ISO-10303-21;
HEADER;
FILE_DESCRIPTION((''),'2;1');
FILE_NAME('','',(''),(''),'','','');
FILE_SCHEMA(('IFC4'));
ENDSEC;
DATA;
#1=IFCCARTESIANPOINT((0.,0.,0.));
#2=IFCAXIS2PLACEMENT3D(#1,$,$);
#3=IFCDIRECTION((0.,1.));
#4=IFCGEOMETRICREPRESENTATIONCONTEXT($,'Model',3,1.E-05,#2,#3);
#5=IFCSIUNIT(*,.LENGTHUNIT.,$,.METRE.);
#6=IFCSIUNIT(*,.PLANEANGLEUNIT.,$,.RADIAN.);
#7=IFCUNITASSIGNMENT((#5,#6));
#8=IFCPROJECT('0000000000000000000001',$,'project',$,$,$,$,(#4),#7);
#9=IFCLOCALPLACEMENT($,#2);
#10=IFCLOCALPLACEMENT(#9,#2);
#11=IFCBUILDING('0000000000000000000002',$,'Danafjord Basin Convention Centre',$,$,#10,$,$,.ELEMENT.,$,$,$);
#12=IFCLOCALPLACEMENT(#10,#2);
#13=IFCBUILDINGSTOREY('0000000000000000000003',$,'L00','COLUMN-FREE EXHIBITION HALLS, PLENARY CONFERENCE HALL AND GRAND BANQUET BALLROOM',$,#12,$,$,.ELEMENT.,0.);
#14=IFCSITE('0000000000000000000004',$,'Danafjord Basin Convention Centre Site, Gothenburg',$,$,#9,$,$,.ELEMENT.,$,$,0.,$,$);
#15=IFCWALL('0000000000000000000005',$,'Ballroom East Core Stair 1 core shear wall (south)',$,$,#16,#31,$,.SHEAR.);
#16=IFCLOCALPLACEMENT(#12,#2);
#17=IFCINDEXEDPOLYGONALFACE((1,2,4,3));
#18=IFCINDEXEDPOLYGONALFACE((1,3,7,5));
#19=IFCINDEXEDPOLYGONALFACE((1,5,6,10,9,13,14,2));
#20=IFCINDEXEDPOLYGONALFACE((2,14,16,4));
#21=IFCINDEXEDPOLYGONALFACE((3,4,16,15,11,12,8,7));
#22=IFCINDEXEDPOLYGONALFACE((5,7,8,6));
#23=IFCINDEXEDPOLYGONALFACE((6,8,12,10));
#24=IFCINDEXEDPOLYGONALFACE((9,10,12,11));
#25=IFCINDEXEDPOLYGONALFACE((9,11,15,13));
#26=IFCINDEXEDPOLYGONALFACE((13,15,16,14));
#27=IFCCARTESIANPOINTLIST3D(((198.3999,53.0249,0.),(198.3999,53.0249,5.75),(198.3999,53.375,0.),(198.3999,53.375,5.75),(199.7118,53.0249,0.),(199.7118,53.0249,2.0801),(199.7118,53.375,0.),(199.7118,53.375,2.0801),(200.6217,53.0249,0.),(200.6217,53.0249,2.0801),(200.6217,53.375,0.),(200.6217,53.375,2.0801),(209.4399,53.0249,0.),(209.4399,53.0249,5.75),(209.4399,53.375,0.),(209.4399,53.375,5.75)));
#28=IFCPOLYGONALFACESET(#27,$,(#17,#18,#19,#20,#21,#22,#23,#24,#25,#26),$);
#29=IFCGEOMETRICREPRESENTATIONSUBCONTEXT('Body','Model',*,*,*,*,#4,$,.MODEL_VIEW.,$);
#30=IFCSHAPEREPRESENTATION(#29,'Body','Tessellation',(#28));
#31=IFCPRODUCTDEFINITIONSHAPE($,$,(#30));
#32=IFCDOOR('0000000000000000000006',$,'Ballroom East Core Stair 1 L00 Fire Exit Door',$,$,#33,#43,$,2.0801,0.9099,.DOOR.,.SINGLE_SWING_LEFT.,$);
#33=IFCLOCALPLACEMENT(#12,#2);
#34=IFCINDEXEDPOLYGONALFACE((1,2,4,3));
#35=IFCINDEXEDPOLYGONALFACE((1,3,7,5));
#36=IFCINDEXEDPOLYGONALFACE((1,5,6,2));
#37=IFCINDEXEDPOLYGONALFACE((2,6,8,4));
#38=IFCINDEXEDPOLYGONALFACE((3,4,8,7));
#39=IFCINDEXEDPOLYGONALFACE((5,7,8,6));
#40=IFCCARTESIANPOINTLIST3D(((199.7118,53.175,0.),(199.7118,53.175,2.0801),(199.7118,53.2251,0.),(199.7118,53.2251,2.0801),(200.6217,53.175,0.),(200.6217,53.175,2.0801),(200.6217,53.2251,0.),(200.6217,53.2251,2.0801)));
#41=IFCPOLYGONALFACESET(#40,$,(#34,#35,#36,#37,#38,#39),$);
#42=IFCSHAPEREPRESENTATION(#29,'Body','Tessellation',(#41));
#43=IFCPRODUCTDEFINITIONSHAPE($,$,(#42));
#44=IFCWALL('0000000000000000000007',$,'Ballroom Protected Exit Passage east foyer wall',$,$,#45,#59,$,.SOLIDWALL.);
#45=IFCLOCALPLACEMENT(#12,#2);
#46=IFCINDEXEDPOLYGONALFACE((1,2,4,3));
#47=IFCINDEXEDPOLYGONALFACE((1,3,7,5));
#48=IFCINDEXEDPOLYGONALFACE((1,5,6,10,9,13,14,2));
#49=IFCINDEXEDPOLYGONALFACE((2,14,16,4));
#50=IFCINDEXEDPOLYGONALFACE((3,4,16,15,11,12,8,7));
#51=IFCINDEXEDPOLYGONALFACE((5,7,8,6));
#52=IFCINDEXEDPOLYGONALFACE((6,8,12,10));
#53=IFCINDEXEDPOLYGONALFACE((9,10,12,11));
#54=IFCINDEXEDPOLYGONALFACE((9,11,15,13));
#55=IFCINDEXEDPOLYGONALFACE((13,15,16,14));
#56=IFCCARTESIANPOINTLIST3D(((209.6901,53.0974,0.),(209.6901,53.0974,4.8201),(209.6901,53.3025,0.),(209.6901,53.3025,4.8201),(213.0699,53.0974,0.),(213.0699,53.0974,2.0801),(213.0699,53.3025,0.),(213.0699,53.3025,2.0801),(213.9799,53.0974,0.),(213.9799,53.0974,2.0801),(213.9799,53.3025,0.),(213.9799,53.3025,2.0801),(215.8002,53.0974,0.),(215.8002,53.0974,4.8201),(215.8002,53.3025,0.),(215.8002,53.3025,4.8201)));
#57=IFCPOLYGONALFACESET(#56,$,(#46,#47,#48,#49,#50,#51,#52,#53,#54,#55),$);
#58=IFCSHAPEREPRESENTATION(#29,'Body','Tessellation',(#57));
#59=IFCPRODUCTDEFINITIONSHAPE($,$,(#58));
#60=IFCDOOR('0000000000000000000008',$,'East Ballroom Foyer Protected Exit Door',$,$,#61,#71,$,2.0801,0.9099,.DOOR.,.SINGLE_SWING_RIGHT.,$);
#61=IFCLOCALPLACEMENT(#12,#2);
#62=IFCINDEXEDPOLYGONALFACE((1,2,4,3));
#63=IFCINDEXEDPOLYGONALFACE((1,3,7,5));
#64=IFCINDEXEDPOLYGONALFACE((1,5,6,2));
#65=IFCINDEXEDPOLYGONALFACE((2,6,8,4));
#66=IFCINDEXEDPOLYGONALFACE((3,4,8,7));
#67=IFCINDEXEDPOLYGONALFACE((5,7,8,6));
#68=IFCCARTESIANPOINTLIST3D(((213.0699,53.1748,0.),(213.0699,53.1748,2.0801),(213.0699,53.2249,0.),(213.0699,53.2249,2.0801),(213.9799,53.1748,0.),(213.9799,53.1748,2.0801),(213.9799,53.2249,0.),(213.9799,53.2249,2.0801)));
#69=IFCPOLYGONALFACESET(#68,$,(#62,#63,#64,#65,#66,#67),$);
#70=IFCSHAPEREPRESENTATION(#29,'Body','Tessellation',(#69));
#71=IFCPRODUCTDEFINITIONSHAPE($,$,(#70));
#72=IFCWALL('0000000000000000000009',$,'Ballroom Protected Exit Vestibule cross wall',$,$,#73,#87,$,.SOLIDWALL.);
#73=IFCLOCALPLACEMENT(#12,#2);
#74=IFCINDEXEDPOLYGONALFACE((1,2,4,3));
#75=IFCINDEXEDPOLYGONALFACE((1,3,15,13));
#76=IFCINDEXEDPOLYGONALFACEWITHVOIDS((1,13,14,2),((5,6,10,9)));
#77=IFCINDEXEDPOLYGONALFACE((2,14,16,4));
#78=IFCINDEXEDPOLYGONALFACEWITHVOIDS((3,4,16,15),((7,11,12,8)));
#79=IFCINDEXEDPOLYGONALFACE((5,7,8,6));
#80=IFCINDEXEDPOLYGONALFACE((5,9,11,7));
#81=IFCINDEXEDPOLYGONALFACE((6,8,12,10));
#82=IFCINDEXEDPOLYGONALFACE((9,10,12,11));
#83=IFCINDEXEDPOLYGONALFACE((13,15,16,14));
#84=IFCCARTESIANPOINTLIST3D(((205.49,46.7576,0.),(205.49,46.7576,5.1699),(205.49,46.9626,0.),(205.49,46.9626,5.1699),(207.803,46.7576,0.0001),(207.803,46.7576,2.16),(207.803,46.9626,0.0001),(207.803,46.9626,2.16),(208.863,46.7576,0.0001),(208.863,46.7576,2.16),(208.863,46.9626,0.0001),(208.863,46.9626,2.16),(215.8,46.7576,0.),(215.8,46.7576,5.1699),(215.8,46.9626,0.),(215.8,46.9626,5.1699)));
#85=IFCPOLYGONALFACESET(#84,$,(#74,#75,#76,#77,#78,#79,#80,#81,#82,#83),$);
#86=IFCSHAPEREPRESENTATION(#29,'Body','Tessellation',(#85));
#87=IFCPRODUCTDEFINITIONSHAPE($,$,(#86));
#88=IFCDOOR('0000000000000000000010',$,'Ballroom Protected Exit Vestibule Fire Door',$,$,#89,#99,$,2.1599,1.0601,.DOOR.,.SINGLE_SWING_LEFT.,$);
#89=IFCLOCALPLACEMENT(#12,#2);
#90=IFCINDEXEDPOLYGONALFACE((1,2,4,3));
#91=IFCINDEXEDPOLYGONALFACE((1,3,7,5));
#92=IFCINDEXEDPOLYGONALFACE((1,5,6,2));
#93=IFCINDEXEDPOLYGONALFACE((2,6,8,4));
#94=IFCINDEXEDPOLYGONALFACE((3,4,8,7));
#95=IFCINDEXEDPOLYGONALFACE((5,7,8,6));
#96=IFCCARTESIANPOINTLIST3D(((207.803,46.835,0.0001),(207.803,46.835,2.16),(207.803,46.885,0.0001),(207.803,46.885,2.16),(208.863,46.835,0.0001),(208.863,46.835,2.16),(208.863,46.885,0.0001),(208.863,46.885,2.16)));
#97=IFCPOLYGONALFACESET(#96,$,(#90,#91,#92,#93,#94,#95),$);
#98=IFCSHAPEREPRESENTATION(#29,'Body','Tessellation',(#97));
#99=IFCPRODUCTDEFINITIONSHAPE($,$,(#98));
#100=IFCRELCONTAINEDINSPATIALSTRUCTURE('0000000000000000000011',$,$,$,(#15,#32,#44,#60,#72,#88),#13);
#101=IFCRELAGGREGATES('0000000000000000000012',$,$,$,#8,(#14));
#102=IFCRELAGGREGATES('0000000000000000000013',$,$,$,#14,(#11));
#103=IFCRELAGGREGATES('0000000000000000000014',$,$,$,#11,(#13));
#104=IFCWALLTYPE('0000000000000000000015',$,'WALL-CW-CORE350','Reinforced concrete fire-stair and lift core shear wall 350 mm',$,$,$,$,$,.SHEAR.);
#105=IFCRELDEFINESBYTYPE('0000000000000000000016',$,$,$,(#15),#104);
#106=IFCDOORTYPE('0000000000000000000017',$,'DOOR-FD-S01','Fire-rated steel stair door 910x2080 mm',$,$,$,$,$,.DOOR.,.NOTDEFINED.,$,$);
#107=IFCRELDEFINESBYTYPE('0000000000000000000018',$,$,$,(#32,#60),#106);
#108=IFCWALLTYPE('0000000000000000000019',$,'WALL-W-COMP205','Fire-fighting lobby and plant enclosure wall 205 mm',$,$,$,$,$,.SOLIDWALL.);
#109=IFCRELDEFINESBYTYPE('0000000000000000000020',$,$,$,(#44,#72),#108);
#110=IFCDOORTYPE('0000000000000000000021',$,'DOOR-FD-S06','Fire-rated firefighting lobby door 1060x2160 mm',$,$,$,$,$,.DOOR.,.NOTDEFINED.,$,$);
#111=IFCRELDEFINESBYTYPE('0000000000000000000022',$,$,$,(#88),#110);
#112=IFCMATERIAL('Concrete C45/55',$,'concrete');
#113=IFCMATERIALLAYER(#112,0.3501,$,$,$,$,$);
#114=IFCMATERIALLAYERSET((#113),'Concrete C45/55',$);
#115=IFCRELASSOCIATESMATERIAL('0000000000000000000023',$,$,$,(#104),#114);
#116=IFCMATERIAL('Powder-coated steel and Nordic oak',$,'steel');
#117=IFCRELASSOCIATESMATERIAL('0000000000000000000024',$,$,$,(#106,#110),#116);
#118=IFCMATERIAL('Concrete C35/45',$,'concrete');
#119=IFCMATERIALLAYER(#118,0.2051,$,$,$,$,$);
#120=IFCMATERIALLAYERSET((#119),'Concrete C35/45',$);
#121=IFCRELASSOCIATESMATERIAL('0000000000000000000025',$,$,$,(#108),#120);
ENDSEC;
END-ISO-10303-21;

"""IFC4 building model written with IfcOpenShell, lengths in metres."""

from ifc_helpers import new_model, si_unit, direction, frame, frame_2d, origin, place, context, subcontext, project, spatial, rectangle, extrude, material, layer, layer_set, type_object, element, fill, save


model = new_model("IFC4")

# Units and contexts
model_context = context("Model", 3, precision=1e-05, world=origin(), true_north=direction((0.0, 1.0)))
body_context = subcontext(model_context, "Body", "Model", "MODEL_VIEW")
ifc_project = project(units=[si_unit("LENGTHUNIT", "METRE"), si_unit("PLANEANGLEUNIT", "RADIAN")], contexts=[model_context])

# Site, building, storey
site_placement = place(None, origin())
site = spatial("IfcSite", under=ifc_project, at=site_placement, Name="Danafjord Basin Convention Centre Site, Gothenburg", CompositionType="ELEMENT", RefElevation=0.0)
building_placement = place(site_placement, origin())
building = spatial("IfcBuilding", under=site, at=building_placement, Name="Danafjord Basin Convention Centre", CompositionType="ELEMENT")
storey_placement = place(building_placement, origin())
storey = spatial("IfcBuildingStorey", under=building, at=storey_placement, Name="L00", Description="COLUMN-FREE EXHIBITION HALLS, PLENARY CONFERENCE HALL AND GRAND BANQUET BALLROOM", CompositionType="ELEMENT", Elevation=0.0)

# Shared definitions
ifc_material_1 = material(Name="Concrete C35/45", Category="concrete")

# Walls, openings, doors
ifc_material_2 = material(Name="Concrete C45/55", Category="concrete")
ifc_layer_1 = layer(ifc_material_2, 0.3501)
ifc_layer_set_1 = layer_set([ifc_layer_1], Name="Concrete C45/55")
wall_type_1 = type_object("IfcWallType", Name="WALL-CW-CORE350", Description="Reinforced concrete fire-stair and lift core shear wall 350 mm", PredefinedType="SHEAR", material=ifc_layer_set_1)
wall_1_placement = place(storey_placement, frame((209.4399, 53.2, 0.0), z_axis=(0.0, 0.0, 1.0), x_axis=(-1.0, 0.0, 0.0)))
wall_1 = element("IfcWall", 1, at=wall_1_placement, inside=storey, type_object=wall_type_1, Name="Ballroom East Core Stair 1 core shear wall (south)", PredefinedType="SHEAR", context=body_context, shape_type="SweptSolid", body=[
    extrude(rectangle(XDim=11.04, YDim=0.3501, at=frame_2d((5.52, 0.0))), origin(), (0.0, 0.0, 1.0), 5.75),
])
opening_1_placement = place(wall_1_placement, frame((8.8181, 0.0, 0.0)))
opening_1 = element("IfcOpeningElement", 2, at=opening_1_placement, cuts=wall_1, PredefinedType="OPENING", context=body_context, shape_type="SweptSolid", body=[
    extrude(rectangle(XDim=0.9099, YDim=2.0801, at=frame_2d((0.4551, 1.04))), frame((0.0, 0.1851, 0.0), z_axis=(0.0, -1.0, 0.0), x_axis=(1.0, 0.0, 0.0)), (0.0, 0.0, 1.0), 0.3701),
])
ifc_material_3 = material(Name="Powder-coated steel and Nordic oak", Category="steel")
door_type_1 = type_object("IfcDoorType", Name="DOOR-FD-S01", Description="Fire-rated steel stair door 910x2080 mm", OperationType="NOTDEFINED", PredefinedType="DOOR", material=ifc_material_3)
door_1_placement = place(opening_1_placement, origin())
door_1 = element("IfcDoor", 3, at=door_1_placement, inside=storey, type_object=door_type_1, Name="Ballroom East Core Stair 1 L00 Fire Exit Door", OperationType="SINGLE_SWING_LEFT", OverallHeight=2.0801, OverallWidth=0.9099, PredefinedType="DOOR", context=body_context, shape_type="SweptSolid", body=[
    extrude(rectangle(XDim=0.9099, YDim=2.0801, at=frame_2d((0.4551, 1.04))), frame((0.0, 0.0249, 0.0), z_axis=(0.0, -1.0, 0.0), x_axis=(1.0, 0.0, 0.0)), (0.0, 0.0, 1.0), 0.05),
])
fill(opening_1, door_1)
ifc_layer_2 = layer(ifc_material_1, 0.2051)
ifc_layer_set_2 = layer_set([ifc_layer_2], Name="Concrete C35/45")
wall_type_2 = type_object("IfcWallType", Name="WALL-W-COMP205", Description="Fire-fighting lobby and plant enclosure wall 205 mm", PredefinedType="SOLIDWALL", material=ifc_layer_set_2)
wall_2_placement = place(storey_placement, frame((209.6899, 53.2, 0.0), z_axis=(0.0, 0.0, 1.0), x_axis=(1.0, 0.0, 0.0)))
wall_2 = element("IfcWall", 4, at=wall_2_placement, inside=storey, type_object=wall_type_2, Name="Ballroom Protected Exit Passage east foyer wall", PredefinedType="SOLIDWALL", context=body_context, shape_type="SweptSolid", body=[
    extrude(rectangle(XDim=6.1101, YDim=0.2051, at=frame_2d((3.0552, 0.0))), origin(), (0.0, 0.0, 1.0), 4.8201),
])
opening_2_placement = place(wall_2_placement, frame((3.3799, 0.0, 0.0)))
opening_2 = element("IfcOpeningElement", 5, at=opening_2_placement, cuts=wall_2, PredefinedType="OPENING", context=body_context, shape_type="SweptSolid", body=[
    extrude(rectangle(XDim=0.9099, YDim=2.0801, at=frame_2d((0.4551, 1.04))), frame((0.0, 0.1125, 0.0), z_axis=(0.0, -1.0, 0.0), x_axis=(1.0, 0.0, 0.0)), (0.0, 0.0, 1.0), 0.2251),
])
door_2_placement = place(opening_2_placement, origin())
door_2 = element("IfcDoor", 6, at=door_2_placement, inside=storey, type_object=door_type_1, Name="East Ballroom Foyer Protected Exit Door", OperationType="SINGLE_SWING_RIGHT", OverallHeight=2.0801, OverallWidth=0.9099, PredefinedType="DOOR", context=body_context, shape_type="SweptSolid", body=[
    extrude(rectangle(XDim=0.9099, YDim=2.0801, at=frame_2d((0.4551, 1.04))), frame((0.0, 0.0249, 0.0), z_axis=(0.0, -1.0, 0.0), x_axis=(1.0, 0.0, 0.0)), (0.0, 0.0, 1.0), 0.05),
])
fill(opening_2, door_2)
wall_3_placement = place(storey_placement, frame((205.49, 46.8601, 0.0), z_axis=(0.0, 0.0, 1.0), x_axis=(1.0, 0.0, 0.0)))
wall_3 = element("IfcWall", 7, at=wall_3_placement, inside=storey, type_object=wall_type_2, Name="Ballroom Protected Exit Vestibule cross wall", PredefinedType="SOLIDWALL", context=body_context, shape_type="SweptSolid", body=[
    extrude(rectangle(XDim=10.3101, YDim=0.2051, at=frame_2d((5.155, 0.0))), origin(), (0.0, 0.0, 1.0), 5.1699),
])
opening_3_placement = place(wall_3_placement, frame((2.313, 0.0, 0.0)))
opening_3 = element("IfcOpeningElement", 8, at=opening_3_placement, cuts=wall_3, PredefinedType="OPENING", context=body_context, shape_type="SweptSolid", body=[
    extrude(rectangle(XDim=1.0601, YDim=2.1599, at=frame_2d((0.53, 1.0801))), frame((0.0, 0.1125, 0.0), z_axis=(0.0, -1.0, 0.0), x_axis=(1.0, 0.0, 0.0)), (0.0, 0.0, 1.0), 0.2251),
])
door_type_2 = type_object("IfcDoorType", Name="DOOR-FD-S06", Description="Fire-rated firefighting lobby door 1060x2160 mm", OperationType="NOTDEFINED", PredefinedType="DOOR", material=ifc_material_3)
door_3_placement = place(opening_3_placement, origin())
door_3 = element("IfcDoor", 9, at=door_3_placement, inside=storey, type_object=door_type_2, Name="Ballroom Protected Exit Vestibule Fire Door", OperationType="SINGLE_SWING_LEFT", OverallHeight=2.1599, OverallWidth=1.0601, PredefinedType="DOOR", context=body_context, shape_type="SweptSolid", body=[
    extrude(rectangle(XDim=1.0601, YDim=2.1599, at=frame_2d((0.53, 1.0801))), frame((0.0, 0.0249, 0.0), z_axis=(0.0, -1.0, 0.0), x_axis=(1.0, 0.0, 0.0)), (0.0, 0.0, 1.0), 0.05),
])
fill(opening_3, door_3)

save(model, "model.ifc")
